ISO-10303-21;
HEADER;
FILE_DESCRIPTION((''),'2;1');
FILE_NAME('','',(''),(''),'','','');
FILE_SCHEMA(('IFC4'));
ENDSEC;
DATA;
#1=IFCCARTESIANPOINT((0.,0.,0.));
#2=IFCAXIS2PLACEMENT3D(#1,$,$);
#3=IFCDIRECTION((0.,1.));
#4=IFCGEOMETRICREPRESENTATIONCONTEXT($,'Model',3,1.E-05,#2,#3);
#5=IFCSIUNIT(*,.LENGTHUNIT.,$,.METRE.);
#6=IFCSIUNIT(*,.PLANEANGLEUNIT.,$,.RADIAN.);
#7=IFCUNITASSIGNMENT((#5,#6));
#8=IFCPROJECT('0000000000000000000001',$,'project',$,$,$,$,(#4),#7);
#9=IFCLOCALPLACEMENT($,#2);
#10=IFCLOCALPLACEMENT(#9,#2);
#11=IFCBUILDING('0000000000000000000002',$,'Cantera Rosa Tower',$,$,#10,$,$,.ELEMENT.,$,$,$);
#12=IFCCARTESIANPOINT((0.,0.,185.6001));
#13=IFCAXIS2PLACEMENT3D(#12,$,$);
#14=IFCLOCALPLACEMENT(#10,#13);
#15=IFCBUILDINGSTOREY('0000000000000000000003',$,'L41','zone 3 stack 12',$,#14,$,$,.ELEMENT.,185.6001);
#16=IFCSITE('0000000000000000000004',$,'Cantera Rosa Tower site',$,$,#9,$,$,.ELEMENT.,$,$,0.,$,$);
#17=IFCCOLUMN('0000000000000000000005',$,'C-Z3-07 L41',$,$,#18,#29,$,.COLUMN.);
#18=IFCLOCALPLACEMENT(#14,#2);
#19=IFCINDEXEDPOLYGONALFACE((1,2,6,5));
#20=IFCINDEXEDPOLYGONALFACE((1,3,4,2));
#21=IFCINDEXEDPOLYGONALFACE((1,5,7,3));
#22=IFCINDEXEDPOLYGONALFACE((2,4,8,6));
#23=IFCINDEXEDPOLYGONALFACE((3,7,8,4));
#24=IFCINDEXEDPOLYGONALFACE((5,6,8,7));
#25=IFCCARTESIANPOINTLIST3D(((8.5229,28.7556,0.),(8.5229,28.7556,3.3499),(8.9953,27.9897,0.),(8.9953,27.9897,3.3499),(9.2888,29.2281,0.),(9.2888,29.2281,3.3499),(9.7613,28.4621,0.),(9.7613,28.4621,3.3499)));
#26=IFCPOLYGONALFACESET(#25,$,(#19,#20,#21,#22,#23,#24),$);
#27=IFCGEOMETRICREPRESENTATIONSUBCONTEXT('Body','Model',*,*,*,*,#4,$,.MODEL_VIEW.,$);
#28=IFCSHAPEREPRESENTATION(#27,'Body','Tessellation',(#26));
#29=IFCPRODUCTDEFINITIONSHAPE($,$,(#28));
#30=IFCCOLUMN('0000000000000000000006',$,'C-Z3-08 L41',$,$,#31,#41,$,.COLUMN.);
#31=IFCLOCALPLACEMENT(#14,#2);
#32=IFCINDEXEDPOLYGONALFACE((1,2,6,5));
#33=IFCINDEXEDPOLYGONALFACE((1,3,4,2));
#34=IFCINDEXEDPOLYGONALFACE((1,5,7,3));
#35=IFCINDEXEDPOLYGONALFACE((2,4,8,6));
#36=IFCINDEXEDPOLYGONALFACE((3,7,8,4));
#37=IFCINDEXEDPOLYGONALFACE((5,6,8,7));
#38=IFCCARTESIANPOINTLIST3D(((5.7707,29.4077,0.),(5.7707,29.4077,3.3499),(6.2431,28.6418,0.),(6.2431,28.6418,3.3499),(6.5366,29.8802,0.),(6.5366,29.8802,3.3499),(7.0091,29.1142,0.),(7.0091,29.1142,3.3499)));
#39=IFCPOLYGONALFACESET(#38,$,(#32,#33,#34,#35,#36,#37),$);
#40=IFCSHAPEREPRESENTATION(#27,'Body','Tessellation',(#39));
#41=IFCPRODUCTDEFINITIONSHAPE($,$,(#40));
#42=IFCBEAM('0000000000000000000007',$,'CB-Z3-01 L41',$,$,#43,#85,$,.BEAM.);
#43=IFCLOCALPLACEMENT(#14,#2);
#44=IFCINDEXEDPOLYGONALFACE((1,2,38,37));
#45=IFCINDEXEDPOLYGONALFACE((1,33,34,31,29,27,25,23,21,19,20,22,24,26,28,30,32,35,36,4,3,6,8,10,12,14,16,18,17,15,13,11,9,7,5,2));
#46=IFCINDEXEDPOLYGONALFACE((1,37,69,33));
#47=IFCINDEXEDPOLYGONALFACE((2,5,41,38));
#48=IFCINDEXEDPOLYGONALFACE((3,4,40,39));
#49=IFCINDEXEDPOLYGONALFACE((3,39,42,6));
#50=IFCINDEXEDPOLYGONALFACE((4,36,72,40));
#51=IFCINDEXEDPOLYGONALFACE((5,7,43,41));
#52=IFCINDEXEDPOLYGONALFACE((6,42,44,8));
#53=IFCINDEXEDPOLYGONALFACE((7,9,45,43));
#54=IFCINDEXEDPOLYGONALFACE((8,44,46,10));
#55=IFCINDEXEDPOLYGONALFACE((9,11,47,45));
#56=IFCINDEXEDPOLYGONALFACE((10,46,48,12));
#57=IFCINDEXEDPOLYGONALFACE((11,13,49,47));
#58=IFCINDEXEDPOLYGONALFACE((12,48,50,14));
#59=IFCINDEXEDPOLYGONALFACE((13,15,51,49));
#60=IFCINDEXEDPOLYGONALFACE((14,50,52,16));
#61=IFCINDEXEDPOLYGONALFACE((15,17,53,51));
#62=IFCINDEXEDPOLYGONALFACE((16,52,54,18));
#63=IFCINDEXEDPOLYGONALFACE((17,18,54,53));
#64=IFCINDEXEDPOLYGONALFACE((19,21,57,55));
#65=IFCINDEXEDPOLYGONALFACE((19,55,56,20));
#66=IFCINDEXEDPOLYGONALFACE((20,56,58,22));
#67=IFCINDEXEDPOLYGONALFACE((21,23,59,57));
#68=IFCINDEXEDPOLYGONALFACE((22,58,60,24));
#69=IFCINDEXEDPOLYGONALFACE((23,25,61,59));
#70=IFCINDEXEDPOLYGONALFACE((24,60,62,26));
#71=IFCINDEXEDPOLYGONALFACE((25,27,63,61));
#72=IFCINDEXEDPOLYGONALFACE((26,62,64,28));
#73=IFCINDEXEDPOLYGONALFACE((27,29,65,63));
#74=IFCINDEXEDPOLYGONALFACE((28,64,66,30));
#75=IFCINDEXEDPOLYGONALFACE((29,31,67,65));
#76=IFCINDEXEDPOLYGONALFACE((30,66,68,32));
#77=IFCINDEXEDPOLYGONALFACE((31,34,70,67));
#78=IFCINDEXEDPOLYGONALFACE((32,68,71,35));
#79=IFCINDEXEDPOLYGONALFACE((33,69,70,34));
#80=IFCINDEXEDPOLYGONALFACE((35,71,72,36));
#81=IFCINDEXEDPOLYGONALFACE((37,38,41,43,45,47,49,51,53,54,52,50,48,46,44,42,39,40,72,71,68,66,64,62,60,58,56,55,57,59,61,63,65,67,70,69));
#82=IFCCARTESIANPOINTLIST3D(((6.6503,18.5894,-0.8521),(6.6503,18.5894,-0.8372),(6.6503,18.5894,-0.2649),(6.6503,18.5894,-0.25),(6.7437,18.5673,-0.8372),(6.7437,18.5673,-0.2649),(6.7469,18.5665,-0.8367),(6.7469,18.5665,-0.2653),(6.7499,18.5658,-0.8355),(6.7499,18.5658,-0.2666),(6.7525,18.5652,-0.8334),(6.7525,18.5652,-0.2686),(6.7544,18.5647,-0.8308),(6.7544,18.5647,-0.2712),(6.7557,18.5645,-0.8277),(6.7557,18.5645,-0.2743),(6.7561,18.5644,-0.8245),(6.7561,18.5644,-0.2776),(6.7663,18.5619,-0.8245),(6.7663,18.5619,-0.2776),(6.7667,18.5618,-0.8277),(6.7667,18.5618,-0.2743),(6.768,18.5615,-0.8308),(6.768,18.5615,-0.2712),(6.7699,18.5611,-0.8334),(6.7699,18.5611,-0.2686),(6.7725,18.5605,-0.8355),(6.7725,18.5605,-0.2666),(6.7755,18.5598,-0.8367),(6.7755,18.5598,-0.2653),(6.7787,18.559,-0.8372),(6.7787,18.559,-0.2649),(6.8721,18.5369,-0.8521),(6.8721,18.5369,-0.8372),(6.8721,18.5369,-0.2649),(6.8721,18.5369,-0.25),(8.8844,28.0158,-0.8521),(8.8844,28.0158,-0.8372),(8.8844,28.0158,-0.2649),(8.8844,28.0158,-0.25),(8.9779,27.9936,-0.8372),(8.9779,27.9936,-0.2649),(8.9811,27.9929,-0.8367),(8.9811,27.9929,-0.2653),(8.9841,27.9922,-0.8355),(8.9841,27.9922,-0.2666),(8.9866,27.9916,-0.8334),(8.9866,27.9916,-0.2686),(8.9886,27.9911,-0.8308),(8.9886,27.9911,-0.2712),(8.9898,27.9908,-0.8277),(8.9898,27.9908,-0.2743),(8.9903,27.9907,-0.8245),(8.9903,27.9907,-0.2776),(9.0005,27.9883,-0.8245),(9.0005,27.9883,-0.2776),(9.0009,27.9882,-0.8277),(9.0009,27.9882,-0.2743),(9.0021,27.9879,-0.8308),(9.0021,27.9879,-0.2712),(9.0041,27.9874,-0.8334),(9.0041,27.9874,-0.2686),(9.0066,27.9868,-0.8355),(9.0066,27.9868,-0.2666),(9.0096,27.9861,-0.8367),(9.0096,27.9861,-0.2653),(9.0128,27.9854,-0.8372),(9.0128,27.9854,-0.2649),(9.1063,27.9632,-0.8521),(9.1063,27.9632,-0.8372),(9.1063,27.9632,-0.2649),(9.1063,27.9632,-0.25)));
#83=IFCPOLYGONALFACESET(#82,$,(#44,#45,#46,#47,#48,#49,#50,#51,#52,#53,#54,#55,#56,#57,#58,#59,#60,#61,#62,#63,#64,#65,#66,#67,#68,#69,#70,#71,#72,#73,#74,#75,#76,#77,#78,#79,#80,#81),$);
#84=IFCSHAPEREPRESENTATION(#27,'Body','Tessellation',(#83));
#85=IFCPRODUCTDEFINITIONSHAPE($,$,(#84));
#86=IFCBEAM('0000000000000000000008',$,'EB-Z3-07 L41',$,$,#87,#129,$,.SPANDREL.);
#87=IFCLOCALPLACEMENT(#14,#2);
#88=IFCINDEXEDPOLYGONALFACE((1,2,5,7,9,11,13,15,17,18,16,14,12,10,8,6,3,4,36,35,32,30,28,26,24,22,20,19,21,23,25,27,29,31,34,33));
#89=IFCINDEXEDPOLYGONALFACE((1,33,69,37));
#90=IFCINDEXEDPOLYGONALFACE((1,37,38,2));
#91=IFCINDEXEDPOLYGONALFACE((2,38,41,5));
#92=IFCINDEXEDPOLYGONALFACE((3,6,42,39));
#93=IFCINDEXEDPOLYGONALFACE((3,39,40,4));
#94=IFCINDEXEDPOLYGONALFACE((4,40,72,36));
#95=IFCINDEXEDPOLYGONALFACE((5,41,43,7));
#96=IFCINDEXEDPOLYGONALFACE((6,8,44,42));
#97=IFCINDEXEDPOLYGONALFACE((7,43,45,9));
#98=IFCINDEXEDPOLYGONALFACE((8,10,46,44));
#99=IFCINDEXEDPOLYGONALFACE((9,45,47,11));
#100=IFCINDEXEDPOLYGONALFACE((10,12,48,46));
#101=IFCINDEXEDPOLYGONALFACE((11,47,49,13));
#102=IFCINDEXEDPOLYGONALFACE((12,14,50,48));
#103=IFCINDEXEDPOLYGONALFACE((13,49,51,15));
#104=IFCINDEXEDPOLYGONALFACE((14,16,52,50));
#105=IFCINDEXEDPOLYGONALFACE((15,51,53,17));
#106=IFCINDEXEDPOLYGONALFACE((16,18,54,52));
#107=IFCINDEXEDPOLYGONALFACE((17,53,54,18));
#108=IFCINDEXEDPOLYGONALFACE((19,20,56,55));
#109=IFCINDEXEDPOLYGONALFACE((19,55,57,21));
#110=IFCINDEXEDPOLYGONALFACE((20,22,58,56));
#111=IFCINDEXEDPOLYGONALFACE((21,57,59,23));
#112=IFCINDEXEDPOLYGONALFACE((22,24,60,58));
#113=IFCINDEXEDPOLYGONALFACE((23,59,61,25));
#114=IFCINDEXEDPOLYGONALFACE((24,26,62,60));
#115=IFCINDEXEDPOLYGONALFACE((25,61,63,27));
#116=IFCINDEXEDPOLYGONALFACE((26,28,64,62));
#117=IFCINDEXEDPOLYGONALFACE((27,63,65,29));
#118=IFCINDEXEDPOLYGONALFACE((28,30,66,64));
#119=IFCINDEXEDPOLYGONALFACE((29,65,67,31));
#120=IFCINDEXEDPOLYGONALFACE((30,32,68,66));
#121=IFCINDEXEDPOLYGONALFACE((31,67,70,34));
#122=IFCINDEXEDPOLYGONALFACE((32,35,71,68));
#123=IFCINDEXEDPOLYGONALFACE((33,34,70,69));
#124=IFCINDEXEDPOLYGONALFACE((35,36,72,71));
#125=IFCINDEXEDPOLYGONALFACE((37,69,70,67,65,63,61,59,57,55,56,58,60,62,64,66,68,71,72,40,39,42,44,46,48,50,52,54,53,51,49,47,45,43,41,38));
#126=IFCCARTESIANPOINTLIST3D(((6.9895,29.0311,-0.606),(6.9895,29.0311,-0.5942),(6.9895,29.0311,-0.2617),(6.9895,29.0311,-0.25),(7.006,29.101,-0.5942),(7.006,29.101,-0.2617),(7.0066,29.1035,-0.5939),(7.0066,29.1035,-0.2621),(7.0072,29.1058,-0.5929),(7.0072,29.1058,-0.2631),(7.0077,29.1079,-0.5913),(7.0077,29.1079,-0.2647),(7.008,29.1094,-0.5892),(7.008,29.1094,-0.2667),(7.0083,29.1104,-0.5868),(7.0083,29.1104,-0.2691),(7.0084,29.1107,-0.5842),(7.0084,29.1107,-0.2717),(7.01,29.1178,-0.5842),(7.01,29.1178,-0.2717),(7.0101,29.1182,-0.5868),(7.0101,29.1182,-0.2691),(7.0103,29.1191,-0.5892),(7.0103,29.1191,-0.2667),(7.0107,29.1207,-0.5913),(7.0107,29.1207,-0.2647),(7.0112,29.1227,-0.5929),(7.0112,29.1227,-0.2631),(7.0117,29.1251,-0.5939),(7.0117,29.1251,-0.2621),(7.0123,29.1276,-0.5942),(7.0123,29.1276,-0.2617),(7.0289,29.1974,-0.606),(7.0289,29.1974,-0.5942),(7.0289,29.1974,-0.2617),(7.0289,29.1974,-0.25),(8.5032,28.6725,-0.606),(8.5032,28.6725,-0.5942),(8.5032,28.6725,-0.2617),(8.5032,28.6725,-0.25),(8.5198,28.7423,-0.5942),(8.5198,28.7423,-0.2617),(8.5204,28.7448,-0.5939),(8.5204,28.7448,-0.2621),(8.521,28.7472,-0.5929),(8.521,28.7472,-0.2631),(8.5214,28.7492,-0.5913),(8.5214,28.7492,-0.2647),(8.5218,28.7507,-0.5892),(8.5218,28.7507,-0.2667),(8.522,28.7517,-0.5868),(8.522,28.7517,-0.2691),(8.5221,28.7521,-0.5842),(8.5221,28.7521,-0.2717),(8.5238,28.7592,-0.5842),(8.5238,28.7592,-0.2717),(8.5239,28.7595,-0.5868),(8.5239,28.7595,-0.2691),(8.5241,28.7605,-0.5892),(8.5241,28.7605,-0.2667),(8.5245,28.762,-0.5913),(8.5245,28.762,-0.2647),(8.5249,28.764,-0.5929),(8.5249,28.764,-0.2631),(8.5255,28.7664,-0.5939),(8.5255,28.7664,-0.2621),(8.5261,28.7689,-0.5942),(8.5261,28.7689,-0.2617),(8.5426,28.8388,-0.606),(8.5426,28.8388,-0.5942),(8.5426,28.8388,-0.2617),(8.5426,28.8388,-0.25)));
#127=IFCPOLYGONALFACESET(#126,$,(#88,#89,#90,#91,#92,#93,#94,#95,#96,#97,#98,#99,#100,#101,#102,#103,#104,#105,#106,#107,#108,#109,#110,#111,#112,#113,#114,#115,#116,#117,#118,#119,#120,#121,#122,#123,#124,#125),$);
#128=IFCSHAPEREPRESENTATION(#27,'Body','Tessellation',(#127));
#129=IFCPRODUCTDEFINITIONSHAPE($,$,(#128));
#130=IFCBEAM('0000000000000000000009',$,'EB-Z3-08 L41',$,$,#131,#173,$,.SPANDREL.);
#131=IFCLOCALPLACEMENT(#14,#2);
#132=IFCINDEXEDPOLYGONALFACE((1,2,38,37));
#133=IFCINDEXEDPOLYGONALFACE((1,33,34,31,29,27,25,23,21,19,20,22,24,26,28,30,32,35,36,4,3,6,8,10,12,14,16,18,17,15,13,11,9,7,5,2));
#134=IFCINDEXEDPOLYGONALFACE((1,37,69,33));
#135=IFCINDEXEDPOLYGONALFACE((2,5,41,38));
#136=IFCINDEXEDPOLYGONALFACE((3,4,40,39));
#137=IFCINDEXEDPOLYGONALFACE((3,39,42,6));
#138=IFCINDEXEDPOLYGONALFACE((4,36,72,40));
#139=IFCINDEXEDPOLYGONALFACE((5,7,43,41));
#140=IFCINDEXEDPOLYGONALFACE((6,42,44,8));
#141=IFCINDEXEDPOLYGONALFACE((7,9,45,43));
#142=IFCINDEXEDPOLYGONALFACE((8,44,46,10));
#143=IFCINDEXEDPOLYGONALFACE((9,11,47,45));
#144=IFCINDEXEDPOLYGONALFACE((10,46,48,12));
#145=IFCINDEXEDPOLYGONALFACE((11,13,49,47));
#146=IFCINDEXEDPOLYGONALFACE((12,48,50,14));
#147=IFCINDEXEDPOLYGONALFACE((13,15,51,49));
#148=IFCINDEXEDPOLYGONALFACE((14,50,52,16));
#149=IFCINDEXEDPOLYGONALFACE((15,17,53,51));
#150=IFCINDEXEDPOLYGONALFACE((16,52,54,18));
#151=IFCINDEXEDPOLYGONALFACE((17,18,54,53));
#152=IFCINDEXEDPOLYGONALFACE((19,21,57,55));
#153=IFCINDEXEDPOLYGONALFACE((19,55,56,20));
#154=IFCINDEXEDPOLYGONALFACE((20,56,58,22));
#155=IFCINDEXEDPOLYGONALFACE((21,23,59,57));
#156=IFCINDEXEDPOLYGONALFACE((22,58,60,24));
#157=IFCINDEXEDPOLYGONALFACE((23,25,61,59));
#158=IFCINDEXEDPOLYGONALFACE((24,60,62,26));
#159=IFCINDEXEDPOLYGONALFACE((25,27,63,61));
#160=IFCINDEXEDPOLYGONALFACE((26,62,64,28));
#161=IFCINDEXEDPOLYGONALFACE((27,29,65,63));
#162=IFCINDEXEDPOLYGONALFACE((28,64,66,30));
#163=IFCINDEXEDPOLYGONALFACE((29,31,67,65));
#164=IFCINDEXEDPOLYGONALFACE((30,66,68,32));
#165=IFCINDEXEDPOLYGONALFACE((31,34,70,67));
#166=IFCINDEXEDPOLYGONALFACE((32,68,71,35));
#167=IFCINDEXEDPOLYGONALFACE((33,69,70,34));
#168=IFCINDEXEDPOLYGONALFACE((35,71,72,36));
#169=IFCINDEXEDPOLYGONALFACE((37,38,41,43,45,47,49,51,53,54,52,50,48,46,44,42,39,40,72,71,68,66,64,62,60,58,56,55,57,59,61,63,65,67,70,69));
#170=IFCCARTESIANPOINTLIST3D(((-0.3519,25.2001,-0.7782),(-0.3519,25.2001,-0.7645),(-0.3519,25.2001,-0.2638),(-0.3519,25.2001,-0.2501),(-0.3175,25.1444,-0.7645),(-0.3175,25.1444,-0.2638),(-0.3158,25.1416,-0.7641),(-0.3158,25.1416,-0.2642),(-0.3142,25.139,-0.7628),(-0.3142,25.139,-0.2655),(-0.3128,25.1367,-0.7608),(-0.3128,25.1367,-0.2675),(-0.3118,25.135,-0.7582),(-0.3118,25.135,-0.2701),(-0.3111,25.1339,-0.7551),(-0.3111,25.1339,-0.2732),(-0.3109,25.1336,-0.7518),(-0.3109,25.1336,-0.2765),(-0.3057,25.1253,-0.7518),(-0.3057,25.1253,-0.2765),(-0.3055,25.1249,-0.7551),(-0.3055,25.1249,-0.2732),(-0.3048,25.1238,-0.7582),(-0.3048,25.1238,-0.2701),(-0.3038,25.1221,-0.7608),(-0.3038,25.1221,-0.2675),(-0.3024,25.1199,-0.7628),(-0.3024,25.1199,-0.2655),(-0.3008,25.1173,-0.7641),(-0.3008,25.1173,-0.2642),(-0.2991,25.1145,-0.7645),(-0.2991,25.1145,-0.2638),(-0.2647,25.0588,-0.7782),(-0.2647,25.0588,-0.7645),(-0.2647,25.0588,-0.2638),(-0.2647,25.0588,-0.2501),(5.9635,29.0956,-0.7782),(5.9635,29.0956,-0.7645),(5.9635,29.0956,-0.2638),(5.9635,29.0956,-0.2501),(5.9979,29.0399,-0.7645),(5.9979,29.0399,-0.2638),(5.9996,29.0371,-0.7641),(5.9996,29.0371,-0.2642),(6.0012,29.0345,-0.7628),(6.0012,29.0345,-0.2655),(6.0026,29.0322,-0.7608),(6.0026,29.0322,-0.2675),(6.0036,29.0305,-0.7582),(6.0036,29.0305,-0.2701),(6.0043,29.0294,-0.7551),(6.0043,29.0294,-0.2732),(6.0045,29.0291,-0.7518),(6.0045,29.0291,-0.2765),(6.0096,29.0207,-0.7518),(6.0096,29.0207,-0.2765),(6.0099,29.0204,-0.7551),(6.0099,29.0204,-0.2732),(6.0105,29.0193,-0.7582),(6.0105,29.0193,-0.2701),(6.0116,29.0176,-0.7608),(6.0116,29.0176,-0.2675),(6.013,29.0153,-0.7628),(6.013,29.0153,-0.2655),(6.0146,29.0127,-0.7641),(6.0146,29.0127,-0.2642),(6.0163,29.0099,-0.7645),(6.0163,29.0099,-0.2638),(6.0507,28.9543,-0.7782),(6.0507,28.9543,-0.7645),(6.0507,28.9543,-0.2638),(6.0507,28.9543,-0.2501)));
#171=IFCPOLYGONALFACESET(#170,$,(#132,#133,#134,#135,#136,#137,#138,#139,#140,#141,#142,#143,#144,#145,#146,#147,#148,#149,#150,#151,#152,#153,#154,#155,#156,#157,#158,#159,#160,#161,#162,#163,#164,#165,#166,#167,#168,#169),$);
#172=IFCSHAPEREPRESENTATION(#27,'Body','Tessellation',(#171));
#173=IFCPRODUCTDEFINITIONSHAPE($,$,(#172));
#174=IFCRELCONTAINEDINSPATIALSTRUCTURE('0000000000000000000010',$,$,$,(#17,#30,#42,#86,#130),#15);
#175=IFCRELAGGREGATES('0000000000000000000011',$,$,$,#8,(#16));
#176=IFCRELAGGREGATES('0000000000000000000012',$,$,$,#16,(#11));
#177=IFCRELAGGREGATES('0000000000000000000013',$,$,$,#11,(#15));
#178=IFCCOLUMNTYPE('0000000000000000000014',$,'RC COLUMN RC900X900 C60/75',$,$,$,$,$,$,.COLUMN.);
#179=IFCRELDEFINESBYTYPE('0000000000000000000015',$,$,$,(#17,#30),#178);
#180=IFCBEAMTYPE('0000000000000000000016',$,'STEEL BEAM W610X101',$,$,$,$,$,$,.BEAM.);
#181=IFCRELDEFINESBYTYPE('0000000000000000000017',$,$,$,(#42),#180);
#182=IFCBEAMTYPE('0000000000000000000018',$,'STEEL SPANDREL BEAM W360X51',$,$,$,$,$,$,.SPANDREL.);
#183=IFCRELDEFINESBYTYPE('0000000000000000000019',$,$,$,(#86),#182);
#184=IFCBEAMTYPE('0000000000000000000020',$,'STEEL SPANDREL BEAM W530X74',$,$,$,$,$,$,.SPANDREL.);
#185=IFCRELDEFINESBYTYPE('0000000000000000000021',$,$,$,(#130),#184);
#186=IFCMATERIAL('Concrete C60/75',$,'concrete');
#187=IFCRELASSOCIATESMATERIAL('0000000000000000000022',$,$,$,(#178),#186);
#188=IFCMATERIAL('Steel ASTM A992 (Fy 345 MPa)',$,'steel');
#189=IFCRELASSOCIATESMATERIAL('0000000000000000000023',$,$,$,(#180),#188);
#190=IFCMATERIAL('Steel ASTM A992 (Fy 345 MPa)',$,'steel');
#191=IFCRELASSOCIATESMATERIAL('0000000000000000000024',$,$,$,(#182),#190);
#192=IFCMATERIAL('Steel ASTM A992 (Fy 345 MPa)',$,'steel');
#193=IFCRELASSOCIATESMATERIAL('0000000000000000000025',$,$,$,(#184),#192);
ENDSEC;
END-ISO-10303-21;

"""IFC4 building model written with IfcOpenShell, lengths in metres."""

from ifc_helpers import new_model, si_unit, direction, frame, origin, origin_2d, place, context, subcontext, project, spatial, rectangle, i_section, extrude, material, material_profile, profile_set, type_object, element, save


model = new_model("IFC4")

# Units and contexts
model_context = context("Model", 3, precision=1e-05, world=origin(), true_north=direction((0.0, 1.0)))
body_context = subcontext(model_context, "Body", "Model", "MODEL_VIEW")
ifc_project = project(units=[si_unit("LENGTHUNIT", "METRE"), si_unit("PLANEANGLEUNIT", "RADIAN")], contexts=[model_context])

# Site, building, storey
site_placement = place(None, origin())
site = spatial("IfcSite", under=ifc_project, at=site_placement, Name="Cantera Rosa Tower site", CompositionType="ELEMENT", RefElevation=0.0)
building_placement = place(site_placement, origin())
building = spatial("IfcBuilding", under=site, at=building_placement, Name="Cantera Rosa Tower", CompositionType="ELEMENT")
storey_placement = place(building_placement, frame((0.0, 0.0, 185.6001)))
storey = spatial("IfcBuildingStorey", under=building, at=storey_placement, Name="L41", Description="zone 3 stack 12", CompositionType="ELEMENT", Elevation=185.6001)

# Columns
ifc_material_1 = material(Name="Concrete C60/75", Category="concrete")
ifc_material_profile_1 = material_profile(ifc_material_1, rectangle(XDim=0.8999, YDim=0.8999, at=origin_2d()), Name="RC COLUMN RC900X900 C60/75")
ifc_profile_set_1 = profile_set([ifc_material_profile_1], Name="Concrete C60/75")
column_type = type_object("IfcColumnType", Name="RC COLUMN RC900X900 C60/75", PredefinedType="COLUMN", material=ifc_profile_set_1)
for number, where, z_axis, x_axis, name in (
    (1, (9.1421, 28.6089, 0.0), (0.0, 0.0, 1.0), (0.851117, 0.524977, 0.0), "C-Z3-07 L41"),
    (2, (6.3899, 29.261, 0.0), (0.0, 0.0, 1.0), (0.851117, 0.524977, 0.0), "C-Z3-08 L41"),
):
    element("IfcColumn", number, at=place(storey_placement, frame(where, z_axis=z_axis, x_axis=x_axis)), inside=storey, type_object=column_type, Name=name, PredefinedType="COLUMN", context=body_context, shape_type="SweptSolid", body=[
        extrude(rectangle(XDim=0.8999, YDim=0.8999, at=origin_2d()), origin(), (0.0, 0.0, 1.0), 3.3499),
    ])

# Beams
ifc_material_2 = material(Name="Steel ASTM A992 (Fy 345 MPa)", Category="steel")
ifc_material_profile_2 = material_profile(ifc_material_2, i_section(OverallWidth=0.228, OverallDepth=0.6021, WebThickness=0.0105, FlangeThickness=0.0149, FilletRadius=0.0127, at=origin_2d()), Name="W610X101")
ifc_profile_set_2 = profile_set([ifc_material_profile_2], Name="Steel ASTM A992 (Fy 345 MPa)")
beam_type_1 = type_object("IfcBeamType", Name="STEEL BEAM W610X101", PredefinedType="BEAM", material=ifc_profile_set_2)
beam_1_placement = place(storey_placement, frame((8.9954, 27.9895, -0.551), z_axis=(-0.230622, -0.973043, 0.0), x_axis=(0.973043, -0.230622, 0.0)))
element("IfcBeam", 3, at=beam_1_placement, inside=storey, type_object=beam_type_1, Name="CB-Z3-01 L41", PredefinedType="BEAM", context=body_context, shape_type="SweptSolid", body=[
    extrude(i_section(OverallWidth=0.228, OverallDepth=0.6021, WebThickness=0.0105, FlangeThickness=0.0149, FilletRadius=0.0127, at=origin_2d()), origin(), (0.0, 0.0, 1.0), 9.6875),
])
ifc_material_3 = material(Name="Steel ASTM A992 (Fy 345 MPa)", Category="steel")
ifc_material_profile_3 = material_profile(ifc_material_3, i_section(OverallWidth=0.1709, OverallDepth=0.356, WebThickness=0.0073, FlangeThickness=0.0117, FilletRadius=0.01, at=origin_2d()), Name="W360X51")
ifc_profile_set_3 = profile_set([ifc_material_profile_3], Name="Steel ASTM A992 (Fy 345 MPa)")
beam_type_2 = type_object("IfcBeamType", Name="STEEL SPANDREL BEAM W360X51", PredefinedType="SPANDREL", material=ifc_profile_set_3)
beam_2_placement = place(storey_placement, frame((8.5229, 28.7556, -0.428), z_axis=(-0.97306, 0.230552, 0.0), x_axis=(-0.230552, -0.97306, 0.0)))
element("IfcBeam", 4, at=beam_2_placement, inside=storey, type_object=beam_type_2, Name="EB-Z3-07 L41", PredefinedType="SPANDREL", context=body_context, shape_type="SweptSolid", body=[
    extrude(i_section(OverallWidth=0.1709, OverallDepth=0.356, WebThickness=0.0073, FlangeThickness=0.0117, FilletRadius=0.01, at=origin_2d()), origin(), (0.0, 0.0, 1.0), 1.5557),
])
ifc_material_4 = material(Name="Steel ASTM A992 (Fy 345 MPa)", Category="steel")
ifc_material_profile_4 = material_profile(ifc_material_4, i_section(OverallWidth=0.166, OverallDepth=0.5281, WebThickness=0.0098, FlangeThickness=0.0137, FilletRadius=0.0127, at=origin_2d()), Name="W530X74")
ifc_profile_set_4 = profile_set([ifc_material_profile_4], Name="Steel ASTM A992 (Fy 345 MPa)")
beam_type_3 = type_object("IfcBeamType", Name="STEEL SPANDREL BEAM W530X74", PredefinedType="SPANDREL", material=ifc_profile_set_4)
beam_3_placement = place(storey_placement, frame((6.0071, 29.0249, -0.5142), z_axis=(-0.851111, -0.524986, 0.0), x_axis=(0.524986, -0.851111, 0.0)))
element("IfcBeam", 5, at=beam_3_placement, inside=storey, type_object=beam_type_3, Name="EB-Z3-08 L41", PredefinedType="SPANDREL", context=body_context, shape_type="SweptSolid", body=[
    extrude(i_section(OverallWidth=0.166, OverallDepth=0.5281, WebThickness=0.0098, FlangeThickness=0.0137, FilletRadius=0.0127, at=origin_2d()), origin(), (0.0, 0.0, 1.0), 7.4202),
])

save(model, "model.ifc")
